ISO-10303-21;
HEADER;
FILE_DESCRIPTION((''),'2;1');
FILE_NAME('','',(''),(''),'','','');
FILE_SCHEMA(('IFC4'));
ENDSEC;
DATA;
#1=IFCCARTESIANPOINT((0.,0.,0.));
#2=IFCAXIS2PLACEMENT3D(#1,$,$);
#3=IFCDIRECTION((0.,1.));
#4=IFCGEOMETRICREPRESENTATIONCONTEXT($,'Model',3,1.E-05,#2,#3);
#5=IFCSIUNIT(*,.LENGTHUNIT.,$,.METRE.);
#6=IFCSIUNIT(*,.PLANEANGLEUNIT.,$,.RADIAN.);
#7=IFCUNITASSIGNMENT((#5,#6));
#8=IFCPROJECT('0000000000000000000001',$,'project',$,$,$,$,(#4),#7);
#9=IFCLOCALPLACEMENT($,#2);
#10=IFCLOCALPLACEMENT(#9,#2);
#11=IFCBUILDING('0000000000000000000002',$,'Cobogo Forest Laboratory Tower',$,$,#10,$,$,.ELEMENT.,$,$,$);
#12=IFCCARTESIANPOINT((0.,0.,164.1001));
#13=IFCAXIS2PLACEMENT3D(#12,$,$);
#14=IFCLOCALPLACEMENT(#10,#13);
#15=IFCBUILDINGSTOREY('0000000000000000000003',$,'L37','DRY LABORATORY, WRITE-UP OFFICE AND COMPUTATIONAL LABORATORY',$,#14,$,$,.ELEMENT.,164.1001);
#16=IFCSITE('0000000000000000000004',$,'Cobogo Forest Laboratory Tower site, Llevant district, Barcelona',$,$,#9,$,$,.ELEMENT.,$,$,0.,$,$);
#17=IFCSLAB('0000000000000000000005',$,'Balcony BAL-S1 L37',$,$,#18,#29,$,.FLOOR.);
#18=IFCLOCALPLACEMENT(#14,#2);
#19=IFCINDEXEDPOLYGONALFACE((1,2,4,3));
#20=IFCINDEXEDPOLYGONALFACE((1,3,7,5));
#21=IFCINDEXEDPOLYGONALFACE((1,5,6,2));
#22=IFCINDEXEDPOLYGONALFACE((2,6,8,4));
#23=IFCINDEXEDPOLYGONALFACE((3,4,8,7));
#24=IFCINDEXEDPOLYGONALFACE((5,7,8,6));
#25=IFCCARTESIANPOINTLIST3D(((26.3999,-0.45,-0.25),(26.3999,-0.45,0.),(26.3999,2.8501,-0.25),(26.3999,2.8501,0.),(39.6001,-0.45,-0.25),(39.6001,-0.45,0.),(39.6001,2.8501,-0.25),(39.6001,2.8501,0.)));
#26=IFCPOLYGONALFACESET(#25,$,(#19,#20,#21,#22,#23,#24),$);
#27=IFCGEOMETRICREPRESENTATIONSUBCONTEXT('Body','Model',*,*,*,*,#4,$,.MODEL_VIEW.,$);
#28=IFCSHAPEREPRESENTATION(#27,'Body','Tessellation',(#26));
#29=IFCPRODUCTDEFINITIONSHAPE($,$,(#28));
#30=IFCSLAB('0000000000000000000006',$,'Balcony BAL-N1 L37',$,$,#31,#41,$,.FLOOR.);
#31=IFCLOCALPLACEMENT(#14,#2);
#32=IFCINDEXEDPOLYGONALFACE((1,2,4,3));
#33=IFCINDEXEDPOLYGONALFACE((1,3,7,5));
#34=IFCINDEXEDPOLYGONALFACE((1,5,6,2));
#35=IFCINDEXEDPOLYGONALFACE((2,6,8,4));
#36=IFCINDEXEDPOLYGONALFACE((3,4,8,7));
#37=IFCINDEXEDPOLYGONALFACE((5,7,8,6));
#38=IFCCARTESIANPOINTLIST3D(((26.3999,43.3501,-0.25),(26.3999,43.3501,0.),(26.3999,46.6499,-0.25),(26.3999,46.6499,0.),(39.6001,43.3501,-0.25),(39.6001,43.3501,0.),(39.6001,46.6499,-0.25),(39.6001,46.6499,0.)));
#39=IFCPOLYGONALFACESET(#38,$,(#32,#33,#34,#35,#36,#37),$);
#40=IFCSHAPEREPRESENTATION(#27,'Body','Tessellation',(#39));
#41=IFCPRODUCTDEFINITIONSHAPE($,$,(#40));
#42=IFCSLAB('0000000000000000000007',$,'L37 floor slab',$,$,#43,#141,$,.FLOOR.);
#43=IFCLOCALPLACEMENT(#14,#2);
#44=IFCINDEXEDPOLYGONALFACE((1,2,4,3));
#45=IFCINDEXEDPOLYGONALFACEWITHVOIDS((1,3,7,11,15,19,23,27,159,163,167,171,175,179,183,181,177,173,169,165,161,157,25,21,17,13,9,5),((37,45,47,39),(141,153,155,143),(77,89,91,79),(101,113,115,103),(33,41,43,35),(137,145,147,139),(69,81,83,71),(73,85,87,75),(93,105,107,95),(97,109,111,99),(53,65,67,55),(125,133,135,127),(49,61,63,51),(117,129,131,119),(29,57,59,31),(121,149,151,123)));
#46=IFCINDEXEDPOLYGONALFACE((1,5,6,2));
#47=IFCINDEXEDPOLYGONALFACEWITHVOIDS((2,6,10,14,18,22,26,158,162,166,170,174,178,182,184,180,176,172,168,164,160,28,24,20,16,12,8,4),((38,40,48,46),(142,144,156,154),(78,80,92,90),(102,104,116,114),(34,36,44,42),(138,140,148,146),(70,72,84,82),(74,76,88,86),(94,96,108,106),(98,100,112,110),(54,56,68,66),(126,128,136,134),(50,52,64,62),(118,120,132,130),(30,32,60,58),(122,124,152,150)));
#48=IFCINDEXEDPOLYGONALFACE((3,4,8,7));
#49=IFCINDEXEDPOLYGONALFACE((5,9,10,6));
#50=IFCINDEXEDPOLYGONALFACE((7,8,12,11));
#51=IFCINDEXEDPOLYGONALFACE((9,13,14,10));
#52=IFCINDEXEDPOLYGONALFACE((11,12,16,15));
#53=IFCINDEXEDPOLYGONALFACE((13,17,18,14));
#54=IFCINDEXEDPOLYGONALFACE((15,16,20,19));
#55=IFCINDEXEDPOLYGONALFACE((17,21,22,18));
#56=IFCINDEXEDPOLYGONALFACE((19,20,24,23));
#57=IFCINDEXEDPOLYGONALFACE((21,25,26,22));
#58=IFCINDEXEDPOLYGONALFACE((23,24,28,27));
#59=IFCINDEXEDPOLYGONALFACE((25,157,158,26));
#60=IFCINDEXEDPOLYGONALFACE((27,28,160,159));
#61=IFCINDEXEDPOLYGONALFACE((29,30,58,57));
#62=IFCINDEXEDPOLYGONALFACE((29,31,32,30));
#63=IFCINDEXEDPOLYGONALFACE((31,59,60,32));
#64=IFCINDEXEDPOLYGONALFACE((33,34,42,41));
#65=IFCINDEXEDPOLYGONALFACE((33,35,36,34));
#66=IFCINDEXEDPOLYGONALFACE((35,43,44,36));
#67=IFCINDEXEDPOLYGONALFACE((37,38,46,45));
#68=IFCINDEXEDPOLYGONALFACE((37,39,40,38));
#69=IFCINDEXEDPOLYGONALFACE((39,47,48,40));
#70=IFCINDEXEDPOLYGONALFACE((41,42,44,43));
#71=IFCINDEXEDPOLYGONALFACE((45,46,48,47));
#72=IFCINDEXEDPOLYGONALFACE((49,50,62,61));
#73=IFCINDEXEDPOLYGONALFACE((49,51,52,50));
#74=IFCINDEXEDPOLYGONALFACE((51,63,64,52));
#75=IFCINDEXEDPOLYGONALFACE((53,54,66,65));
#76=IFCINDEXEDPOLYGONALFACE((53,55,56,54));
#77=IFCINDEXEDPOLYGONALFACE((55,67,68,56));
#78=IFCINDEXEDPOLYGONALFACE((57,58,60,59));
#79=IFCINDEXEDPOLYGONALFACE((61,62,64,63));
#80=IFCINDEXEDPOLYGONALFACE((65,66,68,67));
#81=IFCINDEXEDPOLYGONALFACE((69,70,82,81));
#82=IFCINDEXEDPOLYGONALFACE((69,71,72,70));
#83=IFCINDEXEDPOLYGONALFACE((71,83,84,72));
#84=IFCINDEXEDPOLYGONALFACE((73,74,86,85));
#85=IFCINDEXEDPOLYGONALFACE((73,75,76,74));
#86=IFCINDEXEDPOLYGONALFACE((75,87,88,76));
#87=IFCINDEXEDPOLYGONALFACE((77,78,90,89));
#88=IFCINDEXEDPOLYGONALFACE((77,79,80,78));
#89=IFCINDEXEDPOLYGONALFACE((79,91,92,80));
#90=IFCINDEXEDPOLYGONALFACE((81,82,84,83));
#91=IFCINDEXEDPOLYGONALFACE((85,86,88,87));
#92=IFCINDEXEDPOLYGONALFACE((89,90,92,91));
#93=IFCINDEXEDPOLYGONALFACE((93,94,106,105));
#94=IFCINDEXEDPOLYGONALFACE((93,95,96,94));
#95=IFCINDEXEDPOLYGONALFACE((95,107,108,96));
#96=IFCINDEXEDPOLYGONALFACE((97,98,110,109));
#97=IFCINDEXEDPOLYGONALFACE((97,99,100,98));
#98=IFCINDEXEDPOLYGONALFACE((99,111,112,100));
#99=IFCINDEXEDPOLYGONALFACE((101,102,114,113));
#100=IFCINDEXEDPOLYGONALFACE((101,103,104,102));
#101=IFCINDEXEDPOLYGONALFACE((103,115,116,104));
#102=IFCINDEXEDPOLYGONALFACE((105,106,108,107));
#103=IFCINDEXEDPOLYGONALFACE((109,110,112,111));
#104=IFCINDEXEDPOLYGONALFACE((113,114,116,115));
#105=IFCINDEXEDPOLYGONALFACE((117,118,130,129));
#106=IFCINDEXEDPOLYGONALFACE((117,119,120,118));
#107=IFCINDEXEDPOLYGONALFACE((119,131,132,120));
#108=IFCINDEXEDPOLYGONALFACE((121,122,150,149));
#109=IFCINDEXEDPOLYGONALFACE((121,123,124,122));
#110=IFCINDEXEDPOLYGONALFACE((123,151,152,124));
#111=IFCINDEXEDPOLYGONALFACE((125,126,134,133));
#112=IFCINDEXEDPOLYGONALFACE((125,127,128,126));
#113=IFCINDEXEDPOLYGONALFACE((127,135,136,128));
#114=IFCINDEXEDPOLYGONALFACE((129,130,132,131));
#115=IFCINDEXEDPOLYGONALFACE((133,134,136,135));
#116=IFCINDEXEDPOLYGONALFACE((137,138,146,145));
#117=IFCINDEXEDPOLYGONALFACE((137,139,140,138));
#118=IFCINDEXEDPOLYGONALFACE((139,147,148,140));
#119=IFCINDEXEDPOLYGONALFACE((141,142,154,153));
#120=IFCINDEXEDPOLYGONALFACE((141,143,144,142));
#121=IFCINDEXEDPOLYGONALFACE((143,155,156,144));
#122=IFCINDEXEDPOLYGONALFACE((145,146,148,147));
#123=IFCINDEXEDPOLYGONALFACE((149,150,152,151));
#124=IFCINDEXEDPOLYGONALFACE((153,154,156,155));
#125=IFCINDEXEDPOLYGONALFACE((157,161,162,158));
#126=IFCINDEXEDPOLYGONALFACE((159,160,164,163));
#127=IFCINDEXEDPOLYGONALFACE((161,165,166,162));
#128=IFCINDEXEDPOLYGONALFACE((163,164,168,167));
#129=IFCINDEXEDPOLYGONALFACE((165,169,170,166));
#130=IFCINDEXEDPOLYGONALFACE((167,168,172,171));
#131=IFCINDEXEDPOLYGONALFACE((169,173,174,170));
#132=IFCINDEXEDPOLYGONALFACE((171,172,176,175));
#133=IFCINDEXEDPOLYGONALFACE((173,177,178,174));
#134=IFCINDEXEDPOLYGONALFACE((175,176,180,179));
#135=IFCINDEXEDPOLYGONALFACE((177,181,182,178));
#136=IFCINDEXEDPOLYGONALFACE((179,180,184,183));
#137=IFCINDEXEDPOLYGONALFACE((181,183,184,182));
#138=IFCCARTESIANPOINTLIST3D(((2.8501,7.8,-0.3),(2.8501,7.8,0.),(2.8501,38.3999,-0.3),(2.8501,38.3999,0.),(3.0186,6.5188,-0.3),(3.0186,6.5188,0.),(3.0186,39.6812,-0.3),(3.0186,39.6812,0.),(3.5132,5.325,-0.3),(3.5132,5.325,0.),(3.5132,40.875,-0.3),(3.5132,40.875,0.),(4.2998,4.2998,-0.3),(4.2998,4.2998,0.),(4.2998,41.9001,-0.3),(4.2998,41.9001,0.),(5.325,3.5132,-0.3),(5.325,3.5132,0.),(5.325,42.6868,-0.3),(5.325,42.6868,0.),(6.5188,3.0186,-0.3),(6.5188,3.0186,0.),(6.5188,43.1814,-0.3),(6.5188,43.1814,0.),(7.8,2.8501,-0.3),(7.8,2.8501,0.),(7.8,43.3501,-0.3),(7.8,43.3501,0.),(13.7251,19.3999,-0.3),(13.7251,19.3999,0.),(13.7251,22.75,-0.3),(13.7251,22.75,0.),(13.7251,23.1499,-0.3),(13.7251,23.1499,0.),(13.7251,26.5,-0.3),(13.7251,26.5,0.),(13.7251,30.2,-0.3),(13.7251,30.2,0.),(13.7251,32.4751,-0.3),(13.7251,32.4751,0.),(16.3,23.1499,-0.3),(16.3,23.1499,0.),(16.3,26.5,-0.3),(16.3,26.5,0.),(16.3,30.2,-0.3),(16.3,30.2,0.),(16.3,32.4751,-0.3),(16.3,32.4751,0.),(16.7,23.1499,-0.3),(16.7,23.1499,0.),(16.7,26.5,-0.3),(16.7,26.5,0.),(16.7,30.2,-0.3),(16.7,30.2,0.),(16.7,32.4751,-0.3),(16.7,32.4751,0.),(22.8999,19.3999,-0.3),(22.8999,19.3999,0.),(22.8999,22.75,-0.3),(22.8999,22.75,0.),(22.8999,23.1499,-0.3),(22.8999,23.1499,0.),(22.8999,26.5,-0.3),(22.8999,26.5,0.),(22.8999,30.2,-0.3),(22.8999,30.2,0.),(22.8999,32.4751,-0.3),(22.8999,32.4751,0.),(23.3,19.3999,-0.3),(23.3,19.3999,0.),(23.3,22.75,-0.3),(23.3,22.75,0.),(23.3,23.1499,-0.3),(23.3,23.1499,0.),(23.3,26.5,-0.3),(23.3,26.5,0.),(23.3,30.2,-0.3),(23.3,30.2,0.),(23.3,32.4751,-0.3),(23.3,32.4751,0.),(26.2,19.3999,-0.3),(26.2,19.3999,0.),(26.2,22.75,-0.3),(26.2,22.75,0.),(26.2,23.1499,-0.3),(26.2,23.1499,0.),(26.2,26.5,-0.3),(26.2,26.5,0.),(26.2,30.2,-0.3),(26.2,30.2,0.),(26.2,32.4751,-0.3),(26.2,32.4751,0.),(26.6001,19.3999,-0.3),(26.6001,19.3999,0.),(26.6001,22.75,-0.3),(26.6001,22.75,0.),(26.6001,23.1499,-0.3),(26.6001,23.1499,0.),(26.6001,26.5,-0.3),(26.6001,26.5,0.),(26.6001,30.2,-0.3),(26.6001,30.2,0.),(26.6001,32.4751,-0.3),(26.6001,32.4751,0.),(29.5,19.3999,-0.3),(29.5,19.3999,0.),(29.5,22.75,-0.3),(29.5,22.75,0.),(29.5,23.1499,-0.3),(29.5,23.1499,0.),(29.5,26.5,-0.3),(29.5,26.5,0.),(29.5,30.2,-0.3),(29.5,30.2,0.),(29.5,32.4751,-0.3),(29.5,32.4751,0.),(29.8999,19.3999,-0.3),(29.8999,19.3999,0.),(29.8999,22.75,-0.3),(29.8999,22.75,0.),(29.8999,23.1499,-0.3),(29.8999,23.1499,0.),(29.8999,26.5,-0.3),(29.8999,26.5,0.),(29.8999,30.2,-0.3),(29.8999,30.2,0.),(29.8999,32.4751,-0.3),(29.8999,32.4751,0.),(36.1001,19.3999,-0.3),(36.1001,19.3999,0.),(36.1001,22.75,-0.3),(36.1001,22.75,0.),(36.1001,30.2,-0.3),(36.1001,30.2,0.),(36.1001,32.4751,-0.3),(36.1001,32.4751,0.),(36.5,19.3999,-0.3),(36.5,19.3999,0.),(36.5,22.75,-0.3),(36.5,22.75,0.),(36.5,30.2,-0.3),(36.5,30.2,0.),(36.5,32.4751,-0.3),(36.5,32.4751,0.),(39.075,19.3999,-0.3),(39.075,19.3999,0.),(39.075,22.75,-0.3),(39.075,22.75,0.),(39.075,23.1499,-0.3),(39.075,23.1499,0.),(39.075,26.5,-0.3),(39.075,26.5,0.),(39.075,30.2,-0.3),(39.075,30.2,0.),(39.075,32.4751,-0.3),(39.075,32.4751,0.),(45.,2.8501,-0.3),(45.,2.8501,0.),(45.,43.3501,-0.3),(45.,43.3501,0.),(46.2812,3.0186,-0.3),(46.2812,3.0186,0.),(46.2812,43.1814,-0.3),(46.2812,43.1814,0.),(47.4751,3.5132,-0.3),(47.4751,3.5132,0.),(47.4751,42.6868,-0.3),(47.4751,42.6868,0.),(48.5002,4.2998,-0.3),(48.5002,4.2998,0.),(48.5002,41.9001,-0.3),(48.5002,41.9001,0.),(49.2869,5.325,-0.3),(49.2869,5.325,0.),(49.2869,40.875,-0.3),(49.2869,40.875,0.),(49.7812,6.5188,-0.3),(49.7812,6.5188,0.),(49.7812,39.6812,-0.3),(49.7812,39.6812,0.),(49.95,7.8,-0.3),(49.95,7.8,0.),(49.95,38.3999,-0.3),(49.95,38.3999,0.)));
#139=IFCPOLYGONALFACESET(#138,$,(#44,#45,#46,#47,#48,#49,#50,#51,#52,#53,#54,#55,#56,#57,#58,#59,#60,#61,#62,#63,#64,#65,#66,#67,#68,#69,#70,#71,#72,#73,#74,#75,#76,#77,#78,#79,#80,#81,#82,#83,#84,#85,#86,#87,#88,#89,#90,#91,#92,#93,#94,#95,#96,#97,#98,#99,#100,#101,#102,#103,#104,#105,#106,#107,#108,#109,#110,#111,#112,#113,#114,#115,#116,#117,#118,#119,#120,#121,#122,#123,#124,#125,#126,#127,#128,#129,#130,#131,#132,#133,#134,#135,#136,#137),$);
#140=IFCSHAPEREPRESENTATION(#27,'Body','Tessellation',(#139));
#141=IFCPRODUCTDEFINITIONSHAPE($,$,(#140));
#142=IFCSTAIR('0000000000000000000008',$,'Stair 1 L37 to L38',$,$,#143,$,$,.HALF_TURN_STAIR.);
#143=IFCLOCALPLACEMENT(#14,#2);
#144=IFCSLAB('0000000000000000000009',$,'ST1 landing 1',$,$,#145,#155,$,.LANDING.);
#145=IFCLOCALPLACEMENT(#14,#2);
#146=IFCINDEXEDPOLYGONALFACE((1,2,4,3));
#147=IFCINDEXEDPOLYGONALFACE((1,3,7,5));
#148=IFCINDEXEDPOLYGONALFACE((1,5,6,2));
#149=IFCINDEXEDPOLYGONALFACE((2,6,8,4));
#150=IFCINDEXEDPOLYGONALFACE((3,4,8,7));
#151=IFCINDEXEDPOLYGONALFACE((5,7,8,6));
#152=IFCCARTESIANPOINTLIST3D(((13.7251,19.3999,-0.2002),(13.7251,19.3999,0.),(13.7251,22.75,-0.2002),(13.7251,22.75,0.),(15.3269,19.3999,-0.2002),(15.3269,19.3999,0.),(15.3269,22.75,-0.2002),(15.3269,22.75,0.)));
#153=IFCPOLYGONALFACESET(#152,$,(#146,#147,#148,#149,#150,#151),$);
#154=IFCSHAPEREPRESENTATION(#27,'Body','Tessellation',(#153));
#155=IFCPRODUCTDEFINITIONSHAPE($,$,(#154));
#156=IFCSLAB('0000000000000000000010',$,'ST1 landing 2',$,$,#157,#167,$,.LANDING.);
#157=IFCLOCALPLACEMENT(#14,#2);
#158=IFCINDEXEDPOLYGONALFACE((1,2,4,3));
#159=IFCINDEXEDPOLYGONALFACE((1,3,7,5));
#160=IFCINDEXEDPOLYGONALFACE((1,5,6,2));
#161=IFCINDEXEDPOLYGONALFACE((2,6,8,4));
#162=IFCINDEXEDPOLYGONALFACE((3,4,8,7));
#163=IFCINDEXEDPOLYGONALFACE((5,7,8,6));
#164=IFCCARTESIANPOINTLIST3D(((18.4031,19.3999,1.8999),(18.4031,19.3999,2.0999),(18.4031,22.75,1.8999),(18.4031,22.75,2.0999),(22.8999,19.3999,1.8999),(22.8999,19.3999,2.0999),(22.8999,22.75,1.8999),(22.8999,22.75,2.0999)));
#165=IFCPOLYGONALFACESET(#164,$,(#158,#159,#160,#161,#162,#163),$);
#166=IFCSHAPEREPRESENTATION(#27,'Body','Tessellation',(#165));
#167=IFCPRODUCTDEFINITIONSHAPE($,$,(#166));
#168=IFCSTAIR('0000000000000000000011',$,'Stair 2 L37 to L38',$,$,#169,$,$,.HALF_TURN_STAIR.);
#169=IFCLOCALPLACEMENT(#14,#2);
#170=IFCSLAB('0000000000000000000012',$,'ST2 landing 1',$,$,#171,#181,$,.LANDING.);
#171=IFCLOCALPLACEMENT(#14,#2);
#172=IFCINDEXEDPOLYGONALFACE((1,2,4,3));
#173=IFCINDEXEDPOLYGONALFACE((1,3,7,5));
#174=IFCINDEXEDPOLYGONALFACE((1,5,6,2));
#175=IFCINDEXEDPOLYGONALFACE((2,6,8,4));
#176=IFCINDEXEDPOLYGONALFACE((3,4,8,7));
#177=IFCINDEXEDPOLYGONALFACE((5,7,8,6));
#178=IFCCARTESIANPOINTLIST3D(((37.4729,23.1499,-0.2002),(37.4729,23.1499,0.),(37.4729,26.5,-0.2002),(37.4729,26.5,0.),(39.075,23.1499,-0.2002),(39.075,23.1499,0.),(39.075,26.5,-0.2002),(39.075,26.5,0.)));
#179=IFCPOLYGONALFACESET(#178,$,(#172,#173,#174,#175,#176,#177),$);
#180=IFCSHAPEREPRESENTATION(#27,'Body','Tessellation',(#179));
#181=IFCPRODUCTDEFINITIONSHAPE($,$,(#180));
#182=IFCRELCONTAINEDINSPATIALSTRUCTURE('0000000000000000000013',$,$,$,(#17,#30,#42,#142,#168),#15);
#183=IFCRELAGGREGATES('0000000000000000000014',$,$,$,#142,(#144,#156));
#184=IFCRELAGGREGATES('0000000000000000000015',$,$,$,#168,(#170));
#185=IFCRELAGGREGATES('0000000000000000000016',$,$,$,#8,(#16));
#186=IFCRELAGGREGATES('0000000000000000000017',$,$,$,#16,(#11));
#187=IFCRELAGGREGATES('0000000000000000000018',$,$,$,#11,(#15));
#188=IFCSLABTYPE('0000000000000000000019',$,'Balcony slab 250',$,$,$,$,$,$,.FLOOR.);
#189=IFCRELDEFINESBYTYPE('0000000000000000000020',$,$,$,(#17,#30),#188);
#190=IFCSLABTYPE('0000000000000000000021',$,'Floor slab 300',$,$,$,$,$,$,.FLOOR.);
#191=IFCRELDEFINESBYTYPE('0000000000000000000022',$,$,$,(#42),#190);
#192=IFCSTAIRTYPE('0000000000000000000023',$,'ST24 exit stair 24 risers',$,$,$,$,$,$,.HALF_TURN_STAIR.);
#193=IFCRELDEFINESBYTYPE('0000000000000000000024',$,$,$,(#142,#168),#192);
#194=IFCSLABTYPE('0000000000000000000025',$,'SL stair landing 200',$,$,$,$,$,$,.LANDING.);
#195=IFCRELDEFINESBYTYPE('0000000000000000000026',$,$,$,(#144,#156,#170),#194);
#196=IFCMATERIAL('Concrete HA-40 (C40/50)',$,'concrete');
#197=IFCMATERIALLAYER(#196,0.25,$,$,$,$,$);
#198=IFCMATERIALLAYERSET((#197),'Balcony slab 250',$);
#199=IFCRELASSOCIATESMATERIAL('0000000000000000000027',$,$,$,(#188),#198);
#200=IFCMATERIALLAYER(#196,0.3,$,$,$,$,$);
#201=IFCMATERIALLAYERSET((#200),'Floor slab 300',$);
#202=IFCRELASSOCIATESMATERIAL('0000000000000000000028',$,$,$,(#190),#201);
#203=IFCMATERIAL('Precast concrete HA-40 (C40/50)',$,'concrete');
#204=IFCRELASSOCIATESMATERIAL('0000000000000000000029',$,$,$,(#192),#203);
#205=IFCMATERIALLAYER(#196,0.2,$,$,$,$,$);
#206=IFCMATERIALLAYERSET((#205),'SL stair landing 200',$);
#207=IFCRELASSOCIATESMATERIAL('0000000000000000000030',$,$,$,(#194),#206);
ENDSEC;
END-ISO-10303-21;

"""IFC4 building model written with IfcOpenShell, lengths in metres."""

from ifc_helpers import new_model, si_unit, direction, frame, origin, place, context, subcontext, project, spatial, polyline, outline, extrude, material, layer, layer_set, type_object, element, aggregate, save


model = new_model("IFC4")

# Units and contexts
model_context = context("Model", 3, precision=1e-05, world=origin(), true_north=direction((0.0, 1.0)))
body_context = subcontext(model_context, "Body", "Model", "MODEL_VIEW")
ifc_project = project(units=[si_unit("LENGTHUNIT", "METRE"), si_unit("PLANEANGLEUNIT", "RADIAN")], contexts=[model_context])

# Site, building, storey
site_placement = place(None, origin())
site = spatial("IfcSite", under=ifc_project, at=site_placement, Name="Cobogo Forest Laboratory Tower site, Llevant district, Barcelona", CompositionType="ELEMENT", RefElevation=0.0)
building_placement = place(site_placement, origin())
building = spatial("IfcBuilding", under=site, at=building_placement, Name="Cobogo Forest Laboratory Tower", CompositionType="ELEMENT")
storey_placement = place(building_placement, frame((0.0, 0.0, 164.1001)))
storey = spatial("IfcBuildingStorey", under=building, at=storey_placement, Name="L37", Description="DRY LABORATORY, WRITE-UP OFFICE AND COMPUTATIONAL LABORATORY", CompositionType="ELEMENT", Elevation=164.1001)

# Slabs
ifc_material_1 = material(Name="Concrete HA-40 (C40/50)", Category="concrete")
ifc_layer_1 = layer(ifc_material_1, 0.25)
ifc_layer_set_1 = layer_set([ifc_layer_1], Name="Balcony slab 250")
slab_type_1 = type_object("IfcSlabType", Name="Balcony slab 250", PredefinedType="FLOOR", material=ifc_layer_set_1)
slab_1_placement = place(storey_placement, frame((0.0, 0.0, -0.25)))
element("IfcSlab", 1, at=slab_1_placement, inside=storey, type_object=slab_type_1, Name="Balcony BAL-S1 L37", PredefinedType="FLOOR", context=body_context, shape_type="SweptSolid", body=[
    extrude(outline(polyline([(26.3999, -0.45), (39.6001, -0.45), (39.6001, 2.8501), (26.3999, 2.8501), (26.3999, -0.45)])), origin(), (0.0, 0.0, 1.0), 0.25),
])
slab_2_placement = place(storey_placement, frame((0.0, 0.0, -0.25)))
element("IfcSlab", 2, at=slab_2_placement, inside=storey, type_object=slab_type_1, Name="Balcony BAL-N1 L37", PredefinedType="FLOOR", context=body_context, shape_type="SweptSolid", body=[
    extrude(outline(polyline([(26.3999, 43.3501), (39.6001, 43.3501), (39.6001, 46.6499), (26.3999, 46.6499), (26.3999, 43.3501)])), origin(), (0.0, 0.0, 1.0), 0.25),
])
ifc_layer_2 = layer(ifc_material_1, 0.3)
ifc_layer_set_2 = layer_set([ifc_layer_2], Name="Floor slab 300")
slab_type_2 = type_object("IfcSlabType", Name="Floor slab 300", PredefinedType="FLOOR", material=ifc_layer_set_2)
slab_3_placement = place(storey_placement, frame((0.0, 0.0, -0.3)))
element("IfcSlab", 3, at=slab_3_placement, inside=storey, type_object=slab_type_2, Name="L37 floor slab", PredefinedType="FLOOR", context=body_context, shape_type="SweptSolid", body=[
    extrude(outline(polyline([(45.0, 2.8501), (46.2812, 3.0186), (47.4751, 3.5132), (48.5002, 4.2998), (49.2869, 5.325), (49.7812, 6.5188), (49.95, 7.8), (49.95, 38.3999), (49.7812, 39.6812), (49.2869, 40.875), (48.5002, 41.9001), (47.4751, 42.6868), (46.2812, 43.1814), (45.0, 43.3501), (7.8, 43.3501), (6.5188, 43.1814), (5.325, 42.6868), (4.2998, 41.9001), (3.5132, 40.875), (3.0186, 39.6812), (2.8501, 38.3999), (2.8501, 7.8), (3.0186, 6.5188), (3.5132, 5.325), (4.2998, 4.2998), (5.325, 3.5132), (6.5188, 3.0186), (7.8, 2.8501), (45.0, 2.8501)]), holes=[polyline([(22.8999, 19.3999), (13.7251, 19.3999), (13.7251, 22.75), (22.8999, 22.75), (22.8999, 19.3999)]), polyline([(26.2, 19.3999), (23.3, 19.3999), (23.3, 22.75), (26.2, 22.75), (26.2, 19.3999)]), polyline([(29.5, 19.3999), (26.6001, 19.3999), (26.6001, 22.75), (29.5, 22.75), (29.5, 19.3999)]), polyline([(36.1001, 22.75), (36.1001, 19.3999), (29.8999, 19.3999), (29.8999, 22.75), (36.1001, 22.75)]), polyline([(36.5, 19.3999), (36.5, 22.75), (39.075, 22.75), (39.075, 19.3999), (36.5, 19.3999)]), polyline([(16.3, 23.1499), (13.7251, 23.1499), (13.7251, 26.5), (16.3, 26.5), (16.3, 23.1499)]), polyline([(22.8999, 26.5), (22.8999, 23.1499), (16.7, 23.1499), (16.7, 26.5), (22.8999, 26.5)]), polyline([(26.2, 23.1499), (23.3, 23.1499), (23.3, 26.5), (26.2, 26.5), (26.2, 23.1499)]), polyline([(26.6001, 23.1499), (26.6001, 26.5), (29.5, 26.5), (29.5, 23.1499), (26.6001, 23.1499)]), polyline([(39.075, 23.1499), (29.8999, 23.1499), (29.8999, 26.5), (39.075, 26.5), (39.075, 23.1499)]), polyline([(16.3, 30.2), (13.7251, 30.2), (13.7251, 32.4751), (16.3, 32.4751), (16.3, 30.2)]), polyline([(22.8999, 32.4751), (22.8999, 30.2), (16.7, 30.2), (16.7, 32.4751), (22.8999, 32.4751)]), polyline([(23.3, 30.2), (23.3, 32.4751), (26.2, 32.4751), (26.2, 30.2), (23.3, 30.2)]), polyline([(29.5, 30.2), (26.6001, 30.2), (26.6001, 32.4751), (29.5, 32.4751), (29.5, 30.2)]), polyline([(36.1001, 32.4751), (36.1001, 30.2), (29.8999, 30.2), (29.8999, 32.4751), (36.1001, 32.4751)]), polyline([(36.5, 30.2), (36.5, 32.4751), (39.075, 32.4751), (39.075, 30.2), (36.5, 30.2)])]), origin(), (0.0, 0.0, 1.0), 0.3),
])

# Stairs, slabs
ifc_material_2 = material(Name="Precast concrete HA-40 (C40/50)", Category="concrete")
stair_type = type_object("IfcStairType", Name="ST24 exit stair 24 risers", PredefinedType="HALF_TURN_STAIR", material=ifc_material_2)
stair_1_placement = place(storey_placement, origin())
stair_1 = element("IfcStair", 4, at=stair_1_placement, inside=storey, type_object=stair_type, Name="Stair 1 L37 to L38", PredefinedType="HALF_TURN_STAIR")
ifc_layer_3 = layer(ifc_material_1, 0.2)
ifc_layer_set_3 = layer_set([ifc_layer_3], Name="SL stair landing 200")
slab_type_3 = type_object("IfcSlabType", Name="SL stair landing 200", PredefinedType="LANDING", material=ifc_layer_set_3)
slab_4_placement = place(storey_placement, frame((0.0, 0.0, -0.2002)))
slab_4 = element("IfcSlab", 5, at=slab_4_placement, type_object=slab_type_3, Name="ST1 landing 1", PredefinedType="LANDING", context=body_context, shape_type="SweptSolid", body=[
    extrude(outline(polyline([(13.7251, 19.3999), (15.3269, 19.3999), (15.3269, 22.75), (13.7251, 22.75), (13.7251, 19.3999)])), origin(), (0.0, 0.0, 1.0), 0.2002),
])
slab_5_placement = place(storey_placement, frame((0.0, 0.0, 1.8999)))
slab_5 = element("IfcSlab", 6, at=slab_5_placement, type_object=slab_type_3, Name="ST1 landing 2", PredefinedType="LANDING", context=body_context, shape_type="SweptSolid", body=[
    extrude(outline(polyline([(18.4031, 19.3999), (22.8999, 19.3999), (22.8999, 22.75), (18.4031, 22.75), (18.4031, 19.3999)])), origin(), (0.0, 0.0, 1.0), 0.2),
])
aggregate(stair_1, [slab_4, slab_5])
stair_2_placement = place(storey_placement, origin())
stair_2 = element("IfcStair", 7, at=stair_2_placement, inside=storey, type_object=stair_type, Name="Stair 2 L37 to L38", PredefinedType="HALF_TURN_STAIR")
slab_6_placement = place(storey_placement, frame((0.0, 0.0, -0.2002)))
slab_6 = element("IfcSlab", 8, at=slab_6_placement, type_object=slab_type_3, Name="ST2 landing 1", PredefinedType="LANDING", context=body_context, shape_type="SweptSolid", body=[
    extrude(outline(polyline([(37.4729, 23.1499), (39.075, 23.1499), (39.075, 26.5), (37.4729, 26.5), (37.4729, 23.1499)])), origin(), (0.0, 0.0, 1.0), 0.2002),
])
aggregate(stair_2, [slab_6])

save(model, "model.ifc")
